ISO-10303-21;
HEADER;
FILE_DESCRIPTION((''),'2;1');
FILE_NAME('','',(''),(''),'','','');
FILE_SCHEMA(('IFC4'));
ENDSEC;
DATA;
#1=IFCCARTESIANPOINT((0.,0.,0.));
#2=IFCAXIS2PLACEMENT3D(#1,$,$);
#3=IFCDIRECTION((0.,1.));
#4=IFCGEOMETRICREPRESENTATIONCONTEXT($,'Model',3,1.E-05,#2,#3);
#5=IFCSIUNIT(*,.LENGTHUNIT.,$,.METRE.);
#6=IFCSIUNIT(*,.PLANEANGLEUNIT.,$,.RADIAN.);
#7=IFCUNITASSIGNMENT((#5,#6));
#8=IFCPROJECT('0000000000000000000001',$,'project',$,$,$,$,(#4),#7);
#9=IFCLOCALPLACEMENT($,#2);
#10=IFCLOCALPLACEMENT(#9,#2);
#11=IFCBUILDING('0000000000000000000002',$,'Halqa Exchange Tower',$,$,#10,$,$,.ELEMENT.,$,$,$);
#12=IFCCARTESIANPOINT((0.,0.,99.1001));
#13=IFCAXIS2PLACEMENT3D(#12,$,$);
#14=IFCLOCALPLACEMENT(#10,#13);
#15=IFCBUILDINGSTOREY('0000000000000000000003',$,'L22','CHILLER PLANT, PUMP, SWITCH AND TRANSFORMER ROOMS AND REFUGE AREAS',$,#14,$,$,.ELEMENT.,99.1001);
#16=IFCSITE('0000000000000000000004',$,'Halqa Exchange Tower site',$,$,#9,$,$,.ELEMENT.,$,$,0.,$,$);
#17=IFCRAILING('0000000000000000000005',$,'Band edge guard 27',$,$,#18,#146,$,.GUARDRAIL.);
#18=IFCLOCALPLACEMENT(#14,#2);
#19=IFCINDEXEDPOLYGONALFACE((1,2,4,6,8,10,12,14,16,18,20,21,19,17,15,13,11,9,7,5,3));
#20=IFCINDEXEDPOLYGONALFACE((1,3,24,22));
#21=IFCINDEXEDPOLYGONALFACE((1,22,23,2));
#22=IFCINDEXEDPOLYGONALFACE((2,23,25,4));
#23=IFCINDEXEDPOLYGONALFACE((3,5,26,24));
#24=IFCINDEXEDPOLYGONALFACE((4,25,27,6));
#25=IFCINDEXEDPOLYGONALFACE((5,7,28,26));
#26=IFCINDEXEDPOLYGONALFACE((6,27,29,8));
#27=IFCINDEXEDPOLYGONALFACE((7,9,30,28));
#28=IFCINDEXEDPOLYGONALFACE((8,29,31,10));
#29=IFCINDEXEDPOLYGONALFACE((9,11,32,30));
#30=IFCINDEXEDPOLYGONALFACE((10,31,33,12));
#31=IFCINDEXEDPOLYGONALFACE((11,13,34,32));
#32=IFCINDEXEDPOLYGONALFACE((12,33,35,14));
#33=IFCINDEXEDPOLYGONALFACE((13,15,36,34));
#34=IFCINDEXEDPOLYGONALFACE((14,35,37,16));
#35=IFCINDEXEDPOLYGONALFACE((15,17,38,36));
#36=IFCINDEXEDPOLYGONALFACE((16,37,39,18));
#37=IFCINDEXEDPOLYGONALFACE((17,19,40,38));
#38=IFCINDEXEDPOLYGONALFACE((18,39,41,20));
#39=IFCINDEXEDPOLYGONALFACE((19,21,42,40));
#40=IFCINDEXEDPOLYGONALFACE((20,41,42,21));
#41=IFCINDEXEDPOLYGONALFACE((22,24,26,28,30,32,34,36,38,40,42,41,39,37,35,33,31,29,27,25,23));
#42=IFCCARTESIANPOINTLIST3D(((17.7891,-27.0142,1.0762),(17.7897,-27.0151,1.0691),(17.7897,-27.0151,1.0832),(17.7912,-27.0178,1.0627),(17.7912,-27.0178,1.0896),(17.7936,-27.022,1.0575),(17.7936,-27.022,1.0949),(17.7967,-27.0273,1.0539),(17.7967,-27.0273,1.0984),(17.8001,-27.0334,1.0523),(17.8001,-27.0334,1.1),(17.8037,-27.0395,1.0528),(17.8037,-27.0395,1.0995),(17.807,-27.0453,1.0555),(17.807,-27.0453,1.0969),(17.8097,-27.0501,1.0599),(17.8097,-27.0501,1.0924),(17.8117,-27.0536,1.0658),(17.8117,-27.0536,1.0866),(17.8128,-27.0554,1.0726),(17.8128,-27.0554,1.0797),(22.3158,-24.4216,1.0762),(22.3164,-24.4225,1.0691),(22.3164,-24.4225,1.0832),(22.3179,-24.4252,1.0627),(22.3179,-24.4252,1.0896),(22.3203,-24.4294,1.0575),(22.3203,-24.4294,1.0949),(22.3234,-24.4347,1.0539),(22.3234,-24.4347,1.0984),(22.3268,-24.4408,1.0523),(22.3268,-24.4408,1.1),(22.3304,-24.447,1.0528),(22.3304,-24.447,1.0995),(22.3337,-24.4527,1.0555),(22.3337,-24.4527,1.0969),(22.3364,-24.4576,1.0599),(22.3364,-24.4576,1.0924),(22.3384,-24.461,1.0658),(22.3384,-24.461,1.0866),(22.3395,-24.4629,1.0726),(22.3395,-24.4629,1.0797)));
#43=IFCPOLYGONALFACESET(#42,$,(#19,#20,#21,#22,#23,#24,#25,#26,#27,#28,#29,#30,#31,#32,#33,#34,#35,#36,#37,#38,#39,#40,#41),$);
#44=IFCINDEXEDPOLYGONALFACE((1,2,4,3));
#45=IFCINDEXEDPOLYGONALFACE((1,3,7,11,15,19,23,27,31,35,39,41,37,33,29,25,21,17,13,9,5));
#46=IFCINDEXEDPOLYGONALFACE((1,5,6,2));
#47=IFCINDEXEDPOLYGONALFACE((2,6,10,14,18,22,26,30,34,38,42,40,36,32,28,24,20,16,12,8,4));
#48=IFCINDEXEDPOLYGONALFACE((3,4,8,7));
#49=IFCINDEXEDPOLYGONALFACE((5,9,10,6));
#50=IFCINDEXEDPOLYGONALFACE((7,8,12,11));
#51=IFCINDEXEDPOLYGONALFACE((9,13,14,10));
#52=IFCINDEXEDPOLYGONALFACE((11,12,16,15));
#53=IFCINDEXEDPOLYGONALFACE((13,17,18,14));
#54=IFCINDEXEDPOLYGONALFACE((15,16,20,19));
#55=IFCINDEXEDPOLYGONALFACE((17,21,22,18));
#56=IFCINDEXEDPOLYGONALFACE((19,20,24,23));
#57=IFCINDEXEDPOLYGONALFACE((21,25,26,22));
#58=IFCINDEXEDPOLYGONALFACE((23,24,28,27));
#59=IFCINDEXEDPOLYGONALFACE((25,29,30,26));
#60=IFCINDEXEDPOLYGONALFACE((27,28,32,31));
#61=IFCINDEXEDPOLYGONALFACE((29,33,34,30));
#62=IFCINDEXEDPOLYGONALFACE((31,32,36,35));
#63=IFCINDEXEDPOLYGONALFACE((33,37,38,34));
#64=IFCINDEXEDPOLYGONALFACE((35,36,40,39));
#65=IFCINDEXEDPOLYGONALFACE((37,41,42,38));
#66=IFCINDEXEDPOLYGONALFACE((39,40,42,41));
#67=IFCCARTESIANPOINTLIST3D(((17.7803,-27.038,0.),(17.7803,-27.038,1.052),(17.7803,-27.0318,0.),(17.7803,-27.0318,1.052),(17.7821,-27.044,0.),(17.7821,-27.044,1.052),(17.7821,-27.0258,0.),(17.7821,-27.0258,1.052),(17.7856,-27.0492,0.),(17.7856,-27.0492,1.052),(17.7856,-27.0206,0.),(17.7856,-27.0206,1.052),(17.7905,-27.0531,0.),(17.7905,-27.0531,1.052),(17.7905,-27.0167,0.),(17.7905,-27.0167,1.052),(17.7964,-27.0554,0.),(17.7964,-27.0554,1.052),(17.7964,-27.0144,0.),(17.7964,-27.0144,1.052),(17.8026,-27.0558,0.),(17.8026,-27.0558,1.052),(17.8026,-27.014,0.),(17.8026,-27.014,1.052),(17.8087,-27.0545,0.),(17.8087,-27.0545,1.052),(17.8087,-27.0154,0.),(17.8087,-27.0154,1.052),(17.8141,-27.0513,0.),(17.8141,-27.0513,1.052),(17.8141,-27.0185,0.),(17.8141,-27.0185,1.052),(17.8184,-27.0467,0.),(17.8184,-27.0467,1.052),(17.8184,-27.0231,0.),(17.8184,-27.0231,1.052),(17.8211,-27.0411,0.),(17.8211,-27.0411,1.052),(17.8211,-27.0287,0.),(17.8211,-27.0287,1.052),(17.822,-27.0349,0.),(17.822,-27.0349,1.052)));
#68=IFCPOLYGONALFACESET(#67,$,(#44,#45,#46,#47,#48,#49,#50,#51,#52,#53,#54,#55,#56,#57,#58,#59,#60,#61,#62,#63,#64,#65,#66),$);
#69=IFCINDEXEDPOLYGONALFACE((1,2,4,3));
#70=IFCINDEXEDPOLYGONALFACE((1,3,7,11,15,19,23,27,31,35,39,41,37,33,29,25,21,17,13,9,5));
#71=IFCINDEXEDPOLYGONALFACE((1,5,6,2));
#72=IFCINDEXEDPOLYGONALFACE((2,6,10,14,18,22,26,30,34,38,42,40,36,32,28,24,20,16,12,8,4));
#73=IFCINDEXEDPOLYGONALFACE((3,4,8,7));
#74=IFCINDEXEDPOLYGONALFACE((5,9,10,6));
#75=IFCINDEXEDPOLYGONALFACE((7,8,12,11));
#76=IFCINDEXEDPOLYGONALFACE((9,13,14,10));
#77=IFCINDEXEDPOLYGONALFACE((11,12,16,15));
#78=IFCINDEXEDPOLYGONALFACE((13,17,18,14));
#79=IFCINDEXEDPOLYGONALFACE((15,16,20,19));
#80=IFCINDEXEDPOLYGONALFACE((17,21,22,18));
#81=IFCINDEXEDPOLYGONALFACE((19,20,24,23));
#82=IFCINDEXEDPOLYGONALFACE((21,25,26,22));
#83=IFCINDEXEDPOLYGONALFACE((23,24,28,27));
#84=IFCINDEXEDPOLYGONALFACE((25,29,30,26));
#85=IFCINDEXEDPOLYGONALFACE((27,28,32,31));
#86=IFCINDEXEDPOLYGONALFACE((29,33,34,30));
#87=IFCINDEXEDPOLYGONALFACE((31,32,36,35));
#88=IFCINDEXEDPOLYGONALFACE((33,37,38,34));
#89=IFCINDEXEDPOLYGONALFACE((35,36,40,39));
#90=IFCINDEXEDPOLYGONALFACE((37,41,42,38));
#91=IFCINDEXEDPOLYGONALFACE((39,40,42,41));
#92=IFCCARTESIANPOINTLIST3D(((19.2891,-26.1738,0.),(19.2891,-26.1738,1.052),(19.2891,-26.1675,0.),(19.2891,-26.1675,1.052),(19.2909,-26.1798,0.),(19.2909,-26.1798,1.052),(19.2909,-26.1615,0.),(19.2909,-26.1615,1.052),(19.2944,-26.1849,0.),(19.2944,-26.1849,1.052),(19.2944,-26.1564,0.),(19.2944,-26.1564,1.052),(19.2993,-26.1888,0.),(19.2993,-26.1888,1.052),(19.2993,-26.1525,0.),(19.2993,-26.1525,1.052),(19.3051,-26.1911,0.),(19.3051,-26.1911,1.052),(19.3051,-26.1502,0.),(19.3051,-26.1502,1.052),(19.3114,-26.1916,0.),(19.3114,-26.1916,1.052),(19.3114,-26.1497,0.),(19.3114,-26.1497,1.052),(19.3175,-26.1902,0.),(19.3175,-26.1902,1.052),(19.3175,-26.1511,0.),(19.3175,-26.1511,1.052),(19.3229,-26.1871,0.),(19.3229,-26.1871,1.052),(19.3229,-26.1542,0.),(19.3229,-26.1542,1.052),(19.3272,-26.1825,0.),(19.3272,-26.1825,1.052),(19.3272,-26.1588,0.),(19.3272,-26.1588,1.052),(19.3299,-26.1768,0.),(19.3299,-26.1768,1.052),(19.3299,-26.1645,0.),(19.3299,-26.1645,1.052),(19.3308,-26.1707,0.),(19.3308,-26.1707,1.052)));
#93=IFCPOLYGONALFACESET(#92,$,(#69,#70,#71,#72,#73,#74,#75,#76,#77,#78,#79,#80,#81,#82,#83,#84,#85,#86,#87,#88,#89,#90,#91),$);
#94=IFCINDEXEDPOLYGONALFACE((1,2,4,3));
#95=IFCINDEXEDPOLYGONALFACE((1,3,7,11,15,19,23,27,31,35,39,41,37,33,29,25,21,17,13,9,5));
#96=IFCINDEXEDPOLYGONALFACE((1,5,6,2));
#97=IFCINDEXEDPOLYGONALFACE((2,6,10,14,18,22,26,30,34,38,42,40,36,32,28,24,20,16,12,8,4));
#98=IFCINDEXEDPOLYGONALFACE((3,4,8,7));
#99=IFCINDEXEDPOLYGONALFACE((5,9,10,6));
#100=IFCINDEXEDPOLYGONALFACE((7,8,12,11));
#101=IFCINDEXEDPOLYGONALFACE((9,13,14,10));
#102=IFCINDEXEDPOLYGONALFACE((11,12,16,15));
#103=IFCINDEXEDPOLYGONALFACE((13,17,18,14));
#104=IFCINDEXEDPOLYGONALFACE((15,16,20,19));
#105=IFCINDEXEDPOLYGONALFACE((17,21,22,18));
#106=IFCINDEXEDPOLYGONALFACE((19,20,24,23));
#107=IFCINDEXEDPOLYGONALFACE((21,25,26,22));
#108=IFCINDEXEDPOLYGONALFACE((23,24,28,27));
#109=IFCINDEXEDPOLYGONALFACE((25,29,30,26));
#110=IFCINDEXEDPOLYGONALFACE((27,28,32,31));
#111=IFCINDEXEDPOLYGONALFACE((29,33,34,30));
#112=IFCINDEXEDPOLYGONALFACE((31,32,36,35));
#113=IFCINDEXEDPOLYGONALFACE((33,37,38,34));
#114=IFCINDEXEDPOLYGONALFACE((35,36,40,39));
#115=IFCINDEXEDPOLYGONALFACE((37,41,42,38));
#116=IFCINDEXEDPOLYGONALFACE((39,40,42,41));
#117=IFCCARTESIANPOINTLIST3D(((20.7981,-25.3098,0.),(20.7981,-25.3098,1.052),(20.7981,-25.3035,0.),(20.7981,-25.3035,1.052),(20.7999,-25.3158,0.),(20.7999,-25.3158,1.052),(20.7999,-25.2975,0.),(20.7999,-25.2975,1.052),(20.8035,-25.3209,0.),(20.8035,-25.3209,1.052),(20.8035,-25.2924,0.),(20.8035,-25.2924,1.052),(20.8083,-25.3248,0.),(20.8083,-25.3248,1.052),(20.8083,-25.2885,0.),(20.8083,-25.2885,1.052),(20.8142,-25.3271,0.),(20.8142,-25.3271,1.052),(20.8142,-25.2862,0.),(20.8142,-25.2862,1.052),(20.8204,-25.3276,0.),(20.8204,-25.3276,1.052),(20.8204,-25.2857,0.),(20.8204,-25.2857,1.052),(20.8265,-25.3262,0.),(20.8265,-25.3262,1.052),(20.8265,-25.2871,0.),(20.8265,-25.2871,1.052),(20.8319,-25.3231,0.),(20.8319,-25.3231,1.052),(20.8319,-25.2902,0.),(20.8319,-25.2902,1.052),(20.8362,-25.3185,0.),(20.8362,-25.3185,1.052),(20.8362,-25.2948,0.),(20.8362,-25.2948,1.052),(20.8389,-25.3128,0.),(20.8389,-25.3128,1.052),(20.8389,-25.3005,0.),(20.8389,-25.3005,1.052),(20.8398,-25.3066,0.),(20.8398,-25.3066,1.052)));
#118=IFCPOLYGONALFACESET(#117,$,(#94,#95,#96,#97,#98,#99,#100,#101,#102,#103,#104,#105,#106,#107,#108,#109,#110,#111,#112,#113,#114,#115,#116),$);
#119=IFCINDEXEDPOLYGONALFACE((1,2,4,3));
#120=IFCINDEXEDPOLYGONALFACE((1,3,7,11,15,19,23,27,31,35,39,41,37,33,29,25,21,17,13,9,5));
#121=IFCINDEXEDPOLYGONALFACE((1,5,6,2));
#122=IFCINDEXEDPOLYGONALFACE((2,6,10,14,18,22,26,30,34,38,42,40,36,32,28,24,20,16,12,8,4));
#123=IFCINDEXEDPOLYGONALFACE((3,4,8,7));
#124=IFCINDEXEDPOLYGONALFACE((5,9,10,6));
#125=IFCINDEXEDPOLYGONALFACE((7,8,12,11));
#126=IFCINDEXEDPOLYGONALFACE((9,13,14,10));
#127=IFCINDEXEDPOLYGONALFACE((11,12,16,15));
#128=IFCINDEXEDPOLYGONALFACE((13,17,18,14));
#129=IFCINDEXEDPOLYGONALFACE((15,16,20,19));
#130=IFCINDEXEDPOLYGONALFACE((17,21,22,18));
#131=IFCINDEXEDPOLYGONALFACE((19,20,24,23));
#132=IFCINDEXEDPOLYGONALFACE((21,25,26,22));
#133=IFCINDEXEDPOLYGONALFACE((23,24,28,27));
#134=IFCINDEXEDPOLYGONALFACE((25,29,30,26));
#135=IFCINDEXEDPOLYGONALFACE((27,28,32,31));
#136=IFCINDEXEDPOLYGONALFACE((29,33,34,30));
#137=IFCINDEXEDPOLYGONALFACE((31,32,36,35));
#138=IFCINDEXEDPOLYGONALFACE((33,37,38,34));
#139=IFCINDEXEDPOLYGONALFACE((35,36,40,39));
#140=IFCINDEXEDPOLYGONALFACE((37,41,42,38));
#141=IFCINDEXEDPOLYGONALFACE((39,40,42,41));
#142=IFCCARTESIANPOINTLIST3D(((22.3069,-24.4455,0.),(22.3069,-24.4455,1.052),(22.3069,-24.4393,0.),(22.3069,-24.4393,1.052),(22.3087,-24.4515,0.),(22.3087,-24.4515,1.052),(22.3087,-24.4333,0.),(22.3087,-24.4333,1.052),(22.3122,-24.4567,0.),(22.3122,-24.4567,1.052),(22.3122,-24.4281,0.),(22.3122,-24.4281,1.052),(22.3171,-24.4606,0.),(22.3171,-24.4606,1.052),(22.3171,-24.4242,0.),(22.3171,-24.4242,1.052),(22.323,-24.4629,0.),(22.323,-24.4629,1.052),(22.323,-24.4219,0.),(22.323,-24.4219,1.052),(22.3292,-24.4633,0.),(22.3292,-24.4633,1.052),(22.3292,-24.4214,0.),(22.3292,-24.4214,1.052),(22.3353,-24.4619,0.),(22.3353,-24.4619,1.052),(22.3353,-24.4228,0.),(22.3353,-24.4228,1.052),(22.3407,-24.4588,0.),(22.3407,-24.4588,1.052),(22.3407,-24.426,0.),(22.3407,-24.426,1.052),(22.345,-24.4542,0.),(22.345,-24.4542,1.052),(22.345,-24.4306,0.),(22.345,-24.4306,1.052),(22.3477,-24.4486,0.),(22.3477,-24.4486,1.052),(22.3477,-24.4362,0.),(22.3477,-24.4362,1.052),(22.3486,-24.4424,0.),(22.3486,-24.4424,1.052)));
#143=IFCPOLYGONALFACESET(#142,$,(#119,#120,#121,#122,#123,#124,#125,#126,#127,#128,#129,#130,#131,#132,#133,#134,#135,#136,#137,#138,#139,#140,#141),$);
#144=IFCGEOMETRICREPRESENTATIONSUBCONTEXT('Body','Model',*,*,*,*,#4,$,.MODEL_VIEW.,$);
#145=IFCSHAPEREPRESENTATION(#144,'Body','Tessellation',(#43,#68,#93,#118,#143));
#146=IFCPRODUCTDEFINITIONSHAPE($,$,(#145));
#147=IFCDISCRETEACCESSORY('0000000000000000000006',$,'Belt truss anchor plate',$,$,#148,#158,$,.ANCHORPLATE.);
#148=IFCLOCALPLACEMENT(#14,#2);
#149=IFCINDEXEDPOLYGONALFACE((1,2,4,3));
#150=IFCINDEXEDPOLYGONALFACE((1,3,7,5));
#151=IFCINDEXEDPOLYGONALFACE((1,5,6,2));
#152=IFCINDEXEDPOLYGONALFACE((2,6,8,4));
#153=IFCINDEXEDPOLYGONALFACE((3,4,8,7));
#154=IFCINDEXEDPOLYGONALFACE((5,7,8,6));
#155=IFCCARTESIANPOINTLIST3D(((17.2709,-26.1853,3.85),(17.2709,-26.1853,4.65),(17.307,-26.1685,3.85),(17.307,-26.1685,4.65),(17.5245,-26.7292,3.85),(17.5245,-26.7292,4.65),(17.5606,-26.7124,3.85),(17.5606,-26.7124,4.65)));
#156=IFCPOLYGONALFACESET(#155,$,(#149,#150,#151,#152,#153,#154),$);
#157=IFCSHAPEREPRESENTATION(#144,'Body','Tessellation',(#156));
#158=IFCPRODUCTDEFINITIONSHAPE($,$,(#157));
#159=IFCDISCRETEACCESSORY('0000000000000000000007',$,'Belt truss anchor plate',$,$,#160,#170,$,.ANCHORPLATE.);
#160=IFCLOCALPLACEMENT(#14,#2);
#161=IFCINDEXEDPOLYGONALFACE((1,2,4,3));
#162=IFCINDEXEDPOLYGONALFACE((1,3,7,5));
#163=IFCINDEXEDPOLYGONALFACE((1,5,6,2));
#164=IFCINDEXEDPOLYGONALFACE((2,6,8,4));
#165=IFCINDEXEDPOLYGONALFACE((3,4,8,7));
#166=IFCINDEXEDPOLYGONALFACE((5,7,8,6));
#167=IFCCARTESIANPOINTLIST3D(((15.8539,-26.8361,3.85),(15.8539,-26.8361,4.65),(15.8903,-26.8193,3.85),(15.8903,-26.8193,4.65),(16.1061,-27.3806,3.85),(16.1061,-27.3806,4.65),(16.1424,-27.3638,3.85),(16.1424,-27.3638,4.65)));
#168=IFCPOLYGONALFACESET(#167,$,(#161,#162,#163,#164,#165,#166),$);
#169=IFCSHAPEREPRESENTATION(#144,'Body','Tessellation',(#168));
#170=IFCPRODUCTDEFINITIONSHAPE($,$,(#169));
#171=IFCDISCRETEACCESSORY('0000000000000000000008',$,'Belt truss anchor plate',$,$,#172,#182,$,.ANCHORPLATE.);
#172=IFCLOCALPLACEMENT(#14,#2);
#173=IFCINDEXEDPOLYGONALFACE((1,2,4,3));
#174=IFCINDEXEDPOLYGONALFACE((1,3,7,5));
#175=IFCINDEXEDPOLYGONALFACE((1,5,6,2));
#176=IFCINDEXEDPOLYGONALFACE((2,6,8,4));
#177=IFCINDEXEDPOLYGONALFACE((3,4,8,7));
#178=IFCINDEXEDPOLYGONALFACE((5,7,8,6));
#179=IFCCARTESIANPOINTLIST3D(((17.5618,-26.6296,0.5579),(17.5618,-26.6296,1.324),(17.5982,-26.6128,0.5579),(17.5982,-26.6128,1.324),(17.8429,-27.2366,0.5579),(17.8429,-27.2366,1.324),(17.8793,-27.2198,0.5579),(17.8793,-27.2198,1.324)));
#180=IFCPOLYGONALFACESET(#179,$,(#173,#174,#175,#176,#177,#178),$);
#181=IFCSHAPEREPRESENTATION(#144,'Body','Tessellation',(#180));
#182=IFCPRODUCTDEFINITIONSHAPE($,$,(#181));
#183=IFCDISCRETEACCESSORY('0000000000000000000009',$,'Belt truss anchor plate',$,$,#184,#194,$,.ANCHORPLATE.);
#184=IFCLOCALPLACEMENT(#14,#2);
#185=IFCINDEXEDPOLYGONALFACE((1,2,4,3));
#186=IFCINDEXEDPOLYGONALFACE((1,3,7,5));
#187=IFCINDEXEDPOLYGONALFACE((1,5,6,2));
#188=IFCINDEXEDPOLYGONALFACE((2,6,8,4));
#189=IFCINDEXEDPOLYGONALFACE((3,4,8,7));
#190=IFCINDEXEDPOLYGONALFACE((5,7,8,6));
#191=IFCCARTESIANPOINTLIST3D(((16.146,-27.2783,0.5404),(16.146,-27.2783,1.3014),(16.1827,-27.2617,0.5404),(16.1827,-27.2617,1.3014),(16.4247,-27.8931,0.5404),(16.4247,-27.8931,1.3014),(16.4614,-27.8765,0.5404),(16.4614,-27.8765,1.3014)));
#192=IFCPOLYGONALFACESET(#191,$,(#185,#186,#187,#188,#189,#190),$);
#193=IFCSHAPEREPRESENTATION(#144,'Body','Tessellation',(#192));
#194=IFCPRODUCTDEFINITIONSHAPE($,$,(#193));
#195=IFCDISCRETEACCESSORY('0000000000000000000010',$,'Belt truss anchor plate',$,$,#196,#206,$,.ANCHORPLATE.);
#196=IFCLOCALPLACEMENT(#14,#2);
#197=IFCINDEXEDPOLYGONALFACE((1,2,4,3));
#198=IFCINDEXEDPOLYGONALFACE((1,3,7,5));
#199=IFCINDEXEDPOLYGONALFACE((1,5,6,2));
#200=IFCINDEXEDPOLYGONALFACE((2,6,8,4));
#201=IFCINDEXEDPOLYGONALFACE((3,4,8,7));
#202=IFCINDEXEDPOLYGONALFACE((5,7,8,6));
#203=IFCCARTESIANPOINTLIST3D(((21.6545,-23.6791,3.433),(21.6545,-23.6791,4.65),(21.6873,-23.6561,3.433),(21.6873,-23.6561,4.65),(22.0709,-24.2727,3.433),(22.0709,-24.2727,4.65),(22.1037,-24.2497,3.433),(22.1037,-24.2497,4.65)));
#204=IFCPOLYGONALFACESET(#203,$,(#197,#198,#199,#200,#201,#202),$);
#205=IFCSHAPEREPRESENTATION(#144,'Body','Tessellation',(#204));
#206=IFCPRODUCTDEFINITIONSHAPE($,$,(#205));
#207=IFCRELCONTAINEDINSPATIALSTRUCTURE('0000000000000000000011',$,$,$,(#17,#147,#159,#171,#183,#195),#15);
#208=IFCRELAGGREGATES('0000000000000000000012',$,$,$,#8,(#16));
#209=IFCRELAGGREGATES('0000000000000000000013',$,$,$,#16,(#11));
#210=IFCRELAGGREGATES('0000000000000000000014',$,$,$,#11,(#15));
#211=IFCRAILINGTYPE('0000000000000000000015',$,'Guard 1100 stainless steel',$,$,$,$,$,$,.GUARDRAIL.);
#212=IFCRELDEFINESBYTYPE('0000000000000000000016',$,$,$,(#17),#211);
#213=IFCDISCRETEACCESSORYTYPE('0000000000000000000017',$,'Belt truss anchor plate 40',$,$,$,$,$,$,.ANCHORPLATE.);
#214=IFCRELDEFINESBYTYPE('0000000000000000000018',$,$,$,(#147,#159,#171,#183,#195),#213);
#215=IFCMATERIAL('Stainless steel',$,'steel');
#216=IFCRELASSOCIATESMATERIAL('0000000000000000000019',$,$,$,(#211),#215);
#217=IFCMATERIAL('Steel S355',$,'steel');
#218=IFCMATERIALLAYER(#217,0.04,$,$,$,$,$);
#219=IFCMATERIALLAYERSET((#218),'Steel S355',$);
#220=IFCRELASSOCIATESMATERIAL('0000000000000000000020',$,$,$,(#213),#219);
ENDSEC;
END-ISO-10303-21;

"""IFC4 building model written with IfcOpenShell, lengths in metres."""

from ifc_helpers import new_model, si_unit, direction, frame, origin, origin_2d, place, context, subcontext, project, spatial, rectangle, circle, extrude, material, layer, layer_set, type_object, element, save


model = new_model("IFC4")

# Units and contexts
model_context = context("Model", 3, precision=1e-05, world=origin(), true_north=direction((0.0, 1.0)))
body_context = subcontext(model_context, "Body", "Model", "MODEL_VIEW")
ifc_project = project(units=[si_unit("LENGTHUNIT", "METRE"), si_unit("PLANEANGLEUNIT", "RADIAN")], contexts=[model_context])

# Site, building, storey
site_placement = place(None, origin())
site = spatial("IfcSite", under=ifc_project, at=site_placement, Name="Halqa Exchange Tower site", CompositionType="ELEMENT", RefElevation=0.0)
building_placement = place(site_placement, origin())
building = spatial("IfcBuilding", under=site, at=building_placement, Name="Halqa Exchange Tower", CompositionType="ELEMENT")
storey_placement = place(building_placement, frame((0.0, 0.0, 99.1001)))
storey = spatial("IfcBuildingStorey", under=building, at=storey_placement, Name="L22", Description="CHILLER PLANT, PUMP, SWITCH AND TRANSFORMER ROOMS AND REFUGE AREAS", CompositionType="ELEMENT", Elevation=99.1001)

# Shared definitions
ifc_material_1 = material(Name="Steel S355", Category="steel")

# Railing
ifc_material_2 = material(Name="Stainless steel", Category="steel")
railing_type = type_object("IfcRailingType", Name="Guard 1100 stainless steel", PredefinedType="GUARDRAIL", material=ifc_material_2)
railing_placement = place(storey_placement, frame((17.801, -27.0349, 0.0)))
element("IfcRailing", 1, at=railing_placement, inside=storey, type_object=railing_type, Name="Band edge guard 27", PredefinedType="GUARDRAIL", context=body_context, shape_type="SweptSolid", body=[
    extrude(circle(Radius=0.0239, at=origin_2d()), frame((0.0, 0.0, 1.0762), z_axis=(0.867756, 0.49699, 0.0), x_axis=(-0.49699, 0.867756, 0.0)), (0.0, 0.0, 1.0), 5.2166),
    extrude(circle(Radius=0.021, at=origin_2d()), origin(), (0.0, 0.0, 1.0), 1.052),
    extrude(circle(Radius=0.021, at=origin_2d()), frame((1.5088, 0.8643, 0.0)), (0.0, 0.0, 1.0), 1.052),
    extrude(circle(Radius=0.021, at=origin_2d()), frame((3.0178, 1.7283, 0.0)), (0.0, 0.0, 1.0), 1.052),
    extrude(circle(Radius=0.021, at=origin_2d()), frame((4.5266, 2.5925, 0.0)), (0.0, 0.0, 1.0), 1.052),
])

# Discrete accessories
ifc_layer_1 = layer(ifc_material_1, 0.04)
ifc_layer_set_1 = layer_set([ifc_layer_1], Name="Steel S355")
discrete_accessory_type = type_object("IfcDiscreteAccessoryType", Name="Belt truss anchor plate 40", PredefinedType="ANCHORPLATE", material=ifc_layer_set_1)
discrete_accessory_1_placement = place(storey_placement, frame((17.3977, -26.4573, 4.25), z_axis=(0.90634, 0.42255, 0.0), x_axis=(-0.42255, 0.90634, 0.0)))
element("IfcDiscreteAccessory", 2, at=discrete_accessory_1_placement, inside=storey, type_object=discrete_accessory_type, Name="Belt truss anchor plate", PredefinedType="ANCHORPLATE", context=body_context, shape_type="SweptSolid", body=[
    extrude(rectangle(XDim=0.6001, YDim=0.8, at=origin_2d()), origin(), (0.0, 0.0, 1.0), 0.0398),
])
discrete_accessory_2_placement = place(storey_placement, frame((16.0164, -27.0916, 4.25), z_axis=(-0.907424, -0.420216, 0.0), x_axis=(0.420216, -0.907424, 0.0)))
element("IfcDiscreteAccessory", 3, at=discrete_accessory_2_placement, inside=storey, type_object=discrete_accessory_type, Name="Belt truss anchor plate", PredefinedType="ANCHORPLATE", context=body_context, shape_type="SweptSolid", body=[
    extrude(rectangle(XDim=0.6001, YDim=0.8, at=origin_2d()), origin(), (0.0, 0.0, 1.0), 0.04),
])
discrete_accessory_3_placement = place(storey_placement, frame((17.7024, -26.9331, 0.9409), z_axis=(0.907424, 0.420216, 0.0), x_axis=(-0.420216, 0.907424, 0.0)))
element("IfcDiscreteAccessory", 4, at=discrete_accessory_3_placement, inside=storey, type_object=discrete_accessory_type, Name="Belt truss anchor plate", PredefinedType="ANCHORPLATE", context=body_context, shape_type="SweptSolid", body=[
    extrude(rectangle(XDim=0.6689, YDim=0.7661, at=origin_2d()), origin(), (0.0, 0.0, 1.0), 0.04),
])
discrete_accessory_4_placement = place(storey_placement, frame((16.322, -27.5691, 0.9209), z_axis=(-0.910782, -0.412888, 0.0), x_axis=(0.412888, -0.910782, 0.0)))
element("IfcDiscreteAccessory", 5, at=discrete_accessory_4_placement, inside=storey, type_object=discrete_accessory_type, Name="Belt truss anchor plate", PredefinedType="ANCHORPLATE", context=body_context, shape_type="SweptSolid", body=[
    extrude(rectangle(XDim=0.675, YDim=0.761, at=origin_2d()), origin(), (0.0, 0.0, 1.0), 0.0403),
])
discrete_accessory_5_placement = place(storey_placement, frame((21.8955, -23.9529, 4.0415), z_axis=(-0.818657, -0.574282, 0.0), x_axis=(0.574282, -0.818657, 0.0)))
element("IfcDiscreteAccessory", 6, at=discrete_accessory_5_placement, inside=storey, type_object=discrete_accessory_type, Name="Belt truss anchor plate", PredefinedType="ANCHORPLATE", context=body_context, shape_type="SweptSolid", body=[
    extrude(rectangle(XDim=0.7251, YDim=1.217, at=origin_2d()), origin(), (0.0, 0.0, 1.0), 0.04),
])

save(model, "model.ifc")
